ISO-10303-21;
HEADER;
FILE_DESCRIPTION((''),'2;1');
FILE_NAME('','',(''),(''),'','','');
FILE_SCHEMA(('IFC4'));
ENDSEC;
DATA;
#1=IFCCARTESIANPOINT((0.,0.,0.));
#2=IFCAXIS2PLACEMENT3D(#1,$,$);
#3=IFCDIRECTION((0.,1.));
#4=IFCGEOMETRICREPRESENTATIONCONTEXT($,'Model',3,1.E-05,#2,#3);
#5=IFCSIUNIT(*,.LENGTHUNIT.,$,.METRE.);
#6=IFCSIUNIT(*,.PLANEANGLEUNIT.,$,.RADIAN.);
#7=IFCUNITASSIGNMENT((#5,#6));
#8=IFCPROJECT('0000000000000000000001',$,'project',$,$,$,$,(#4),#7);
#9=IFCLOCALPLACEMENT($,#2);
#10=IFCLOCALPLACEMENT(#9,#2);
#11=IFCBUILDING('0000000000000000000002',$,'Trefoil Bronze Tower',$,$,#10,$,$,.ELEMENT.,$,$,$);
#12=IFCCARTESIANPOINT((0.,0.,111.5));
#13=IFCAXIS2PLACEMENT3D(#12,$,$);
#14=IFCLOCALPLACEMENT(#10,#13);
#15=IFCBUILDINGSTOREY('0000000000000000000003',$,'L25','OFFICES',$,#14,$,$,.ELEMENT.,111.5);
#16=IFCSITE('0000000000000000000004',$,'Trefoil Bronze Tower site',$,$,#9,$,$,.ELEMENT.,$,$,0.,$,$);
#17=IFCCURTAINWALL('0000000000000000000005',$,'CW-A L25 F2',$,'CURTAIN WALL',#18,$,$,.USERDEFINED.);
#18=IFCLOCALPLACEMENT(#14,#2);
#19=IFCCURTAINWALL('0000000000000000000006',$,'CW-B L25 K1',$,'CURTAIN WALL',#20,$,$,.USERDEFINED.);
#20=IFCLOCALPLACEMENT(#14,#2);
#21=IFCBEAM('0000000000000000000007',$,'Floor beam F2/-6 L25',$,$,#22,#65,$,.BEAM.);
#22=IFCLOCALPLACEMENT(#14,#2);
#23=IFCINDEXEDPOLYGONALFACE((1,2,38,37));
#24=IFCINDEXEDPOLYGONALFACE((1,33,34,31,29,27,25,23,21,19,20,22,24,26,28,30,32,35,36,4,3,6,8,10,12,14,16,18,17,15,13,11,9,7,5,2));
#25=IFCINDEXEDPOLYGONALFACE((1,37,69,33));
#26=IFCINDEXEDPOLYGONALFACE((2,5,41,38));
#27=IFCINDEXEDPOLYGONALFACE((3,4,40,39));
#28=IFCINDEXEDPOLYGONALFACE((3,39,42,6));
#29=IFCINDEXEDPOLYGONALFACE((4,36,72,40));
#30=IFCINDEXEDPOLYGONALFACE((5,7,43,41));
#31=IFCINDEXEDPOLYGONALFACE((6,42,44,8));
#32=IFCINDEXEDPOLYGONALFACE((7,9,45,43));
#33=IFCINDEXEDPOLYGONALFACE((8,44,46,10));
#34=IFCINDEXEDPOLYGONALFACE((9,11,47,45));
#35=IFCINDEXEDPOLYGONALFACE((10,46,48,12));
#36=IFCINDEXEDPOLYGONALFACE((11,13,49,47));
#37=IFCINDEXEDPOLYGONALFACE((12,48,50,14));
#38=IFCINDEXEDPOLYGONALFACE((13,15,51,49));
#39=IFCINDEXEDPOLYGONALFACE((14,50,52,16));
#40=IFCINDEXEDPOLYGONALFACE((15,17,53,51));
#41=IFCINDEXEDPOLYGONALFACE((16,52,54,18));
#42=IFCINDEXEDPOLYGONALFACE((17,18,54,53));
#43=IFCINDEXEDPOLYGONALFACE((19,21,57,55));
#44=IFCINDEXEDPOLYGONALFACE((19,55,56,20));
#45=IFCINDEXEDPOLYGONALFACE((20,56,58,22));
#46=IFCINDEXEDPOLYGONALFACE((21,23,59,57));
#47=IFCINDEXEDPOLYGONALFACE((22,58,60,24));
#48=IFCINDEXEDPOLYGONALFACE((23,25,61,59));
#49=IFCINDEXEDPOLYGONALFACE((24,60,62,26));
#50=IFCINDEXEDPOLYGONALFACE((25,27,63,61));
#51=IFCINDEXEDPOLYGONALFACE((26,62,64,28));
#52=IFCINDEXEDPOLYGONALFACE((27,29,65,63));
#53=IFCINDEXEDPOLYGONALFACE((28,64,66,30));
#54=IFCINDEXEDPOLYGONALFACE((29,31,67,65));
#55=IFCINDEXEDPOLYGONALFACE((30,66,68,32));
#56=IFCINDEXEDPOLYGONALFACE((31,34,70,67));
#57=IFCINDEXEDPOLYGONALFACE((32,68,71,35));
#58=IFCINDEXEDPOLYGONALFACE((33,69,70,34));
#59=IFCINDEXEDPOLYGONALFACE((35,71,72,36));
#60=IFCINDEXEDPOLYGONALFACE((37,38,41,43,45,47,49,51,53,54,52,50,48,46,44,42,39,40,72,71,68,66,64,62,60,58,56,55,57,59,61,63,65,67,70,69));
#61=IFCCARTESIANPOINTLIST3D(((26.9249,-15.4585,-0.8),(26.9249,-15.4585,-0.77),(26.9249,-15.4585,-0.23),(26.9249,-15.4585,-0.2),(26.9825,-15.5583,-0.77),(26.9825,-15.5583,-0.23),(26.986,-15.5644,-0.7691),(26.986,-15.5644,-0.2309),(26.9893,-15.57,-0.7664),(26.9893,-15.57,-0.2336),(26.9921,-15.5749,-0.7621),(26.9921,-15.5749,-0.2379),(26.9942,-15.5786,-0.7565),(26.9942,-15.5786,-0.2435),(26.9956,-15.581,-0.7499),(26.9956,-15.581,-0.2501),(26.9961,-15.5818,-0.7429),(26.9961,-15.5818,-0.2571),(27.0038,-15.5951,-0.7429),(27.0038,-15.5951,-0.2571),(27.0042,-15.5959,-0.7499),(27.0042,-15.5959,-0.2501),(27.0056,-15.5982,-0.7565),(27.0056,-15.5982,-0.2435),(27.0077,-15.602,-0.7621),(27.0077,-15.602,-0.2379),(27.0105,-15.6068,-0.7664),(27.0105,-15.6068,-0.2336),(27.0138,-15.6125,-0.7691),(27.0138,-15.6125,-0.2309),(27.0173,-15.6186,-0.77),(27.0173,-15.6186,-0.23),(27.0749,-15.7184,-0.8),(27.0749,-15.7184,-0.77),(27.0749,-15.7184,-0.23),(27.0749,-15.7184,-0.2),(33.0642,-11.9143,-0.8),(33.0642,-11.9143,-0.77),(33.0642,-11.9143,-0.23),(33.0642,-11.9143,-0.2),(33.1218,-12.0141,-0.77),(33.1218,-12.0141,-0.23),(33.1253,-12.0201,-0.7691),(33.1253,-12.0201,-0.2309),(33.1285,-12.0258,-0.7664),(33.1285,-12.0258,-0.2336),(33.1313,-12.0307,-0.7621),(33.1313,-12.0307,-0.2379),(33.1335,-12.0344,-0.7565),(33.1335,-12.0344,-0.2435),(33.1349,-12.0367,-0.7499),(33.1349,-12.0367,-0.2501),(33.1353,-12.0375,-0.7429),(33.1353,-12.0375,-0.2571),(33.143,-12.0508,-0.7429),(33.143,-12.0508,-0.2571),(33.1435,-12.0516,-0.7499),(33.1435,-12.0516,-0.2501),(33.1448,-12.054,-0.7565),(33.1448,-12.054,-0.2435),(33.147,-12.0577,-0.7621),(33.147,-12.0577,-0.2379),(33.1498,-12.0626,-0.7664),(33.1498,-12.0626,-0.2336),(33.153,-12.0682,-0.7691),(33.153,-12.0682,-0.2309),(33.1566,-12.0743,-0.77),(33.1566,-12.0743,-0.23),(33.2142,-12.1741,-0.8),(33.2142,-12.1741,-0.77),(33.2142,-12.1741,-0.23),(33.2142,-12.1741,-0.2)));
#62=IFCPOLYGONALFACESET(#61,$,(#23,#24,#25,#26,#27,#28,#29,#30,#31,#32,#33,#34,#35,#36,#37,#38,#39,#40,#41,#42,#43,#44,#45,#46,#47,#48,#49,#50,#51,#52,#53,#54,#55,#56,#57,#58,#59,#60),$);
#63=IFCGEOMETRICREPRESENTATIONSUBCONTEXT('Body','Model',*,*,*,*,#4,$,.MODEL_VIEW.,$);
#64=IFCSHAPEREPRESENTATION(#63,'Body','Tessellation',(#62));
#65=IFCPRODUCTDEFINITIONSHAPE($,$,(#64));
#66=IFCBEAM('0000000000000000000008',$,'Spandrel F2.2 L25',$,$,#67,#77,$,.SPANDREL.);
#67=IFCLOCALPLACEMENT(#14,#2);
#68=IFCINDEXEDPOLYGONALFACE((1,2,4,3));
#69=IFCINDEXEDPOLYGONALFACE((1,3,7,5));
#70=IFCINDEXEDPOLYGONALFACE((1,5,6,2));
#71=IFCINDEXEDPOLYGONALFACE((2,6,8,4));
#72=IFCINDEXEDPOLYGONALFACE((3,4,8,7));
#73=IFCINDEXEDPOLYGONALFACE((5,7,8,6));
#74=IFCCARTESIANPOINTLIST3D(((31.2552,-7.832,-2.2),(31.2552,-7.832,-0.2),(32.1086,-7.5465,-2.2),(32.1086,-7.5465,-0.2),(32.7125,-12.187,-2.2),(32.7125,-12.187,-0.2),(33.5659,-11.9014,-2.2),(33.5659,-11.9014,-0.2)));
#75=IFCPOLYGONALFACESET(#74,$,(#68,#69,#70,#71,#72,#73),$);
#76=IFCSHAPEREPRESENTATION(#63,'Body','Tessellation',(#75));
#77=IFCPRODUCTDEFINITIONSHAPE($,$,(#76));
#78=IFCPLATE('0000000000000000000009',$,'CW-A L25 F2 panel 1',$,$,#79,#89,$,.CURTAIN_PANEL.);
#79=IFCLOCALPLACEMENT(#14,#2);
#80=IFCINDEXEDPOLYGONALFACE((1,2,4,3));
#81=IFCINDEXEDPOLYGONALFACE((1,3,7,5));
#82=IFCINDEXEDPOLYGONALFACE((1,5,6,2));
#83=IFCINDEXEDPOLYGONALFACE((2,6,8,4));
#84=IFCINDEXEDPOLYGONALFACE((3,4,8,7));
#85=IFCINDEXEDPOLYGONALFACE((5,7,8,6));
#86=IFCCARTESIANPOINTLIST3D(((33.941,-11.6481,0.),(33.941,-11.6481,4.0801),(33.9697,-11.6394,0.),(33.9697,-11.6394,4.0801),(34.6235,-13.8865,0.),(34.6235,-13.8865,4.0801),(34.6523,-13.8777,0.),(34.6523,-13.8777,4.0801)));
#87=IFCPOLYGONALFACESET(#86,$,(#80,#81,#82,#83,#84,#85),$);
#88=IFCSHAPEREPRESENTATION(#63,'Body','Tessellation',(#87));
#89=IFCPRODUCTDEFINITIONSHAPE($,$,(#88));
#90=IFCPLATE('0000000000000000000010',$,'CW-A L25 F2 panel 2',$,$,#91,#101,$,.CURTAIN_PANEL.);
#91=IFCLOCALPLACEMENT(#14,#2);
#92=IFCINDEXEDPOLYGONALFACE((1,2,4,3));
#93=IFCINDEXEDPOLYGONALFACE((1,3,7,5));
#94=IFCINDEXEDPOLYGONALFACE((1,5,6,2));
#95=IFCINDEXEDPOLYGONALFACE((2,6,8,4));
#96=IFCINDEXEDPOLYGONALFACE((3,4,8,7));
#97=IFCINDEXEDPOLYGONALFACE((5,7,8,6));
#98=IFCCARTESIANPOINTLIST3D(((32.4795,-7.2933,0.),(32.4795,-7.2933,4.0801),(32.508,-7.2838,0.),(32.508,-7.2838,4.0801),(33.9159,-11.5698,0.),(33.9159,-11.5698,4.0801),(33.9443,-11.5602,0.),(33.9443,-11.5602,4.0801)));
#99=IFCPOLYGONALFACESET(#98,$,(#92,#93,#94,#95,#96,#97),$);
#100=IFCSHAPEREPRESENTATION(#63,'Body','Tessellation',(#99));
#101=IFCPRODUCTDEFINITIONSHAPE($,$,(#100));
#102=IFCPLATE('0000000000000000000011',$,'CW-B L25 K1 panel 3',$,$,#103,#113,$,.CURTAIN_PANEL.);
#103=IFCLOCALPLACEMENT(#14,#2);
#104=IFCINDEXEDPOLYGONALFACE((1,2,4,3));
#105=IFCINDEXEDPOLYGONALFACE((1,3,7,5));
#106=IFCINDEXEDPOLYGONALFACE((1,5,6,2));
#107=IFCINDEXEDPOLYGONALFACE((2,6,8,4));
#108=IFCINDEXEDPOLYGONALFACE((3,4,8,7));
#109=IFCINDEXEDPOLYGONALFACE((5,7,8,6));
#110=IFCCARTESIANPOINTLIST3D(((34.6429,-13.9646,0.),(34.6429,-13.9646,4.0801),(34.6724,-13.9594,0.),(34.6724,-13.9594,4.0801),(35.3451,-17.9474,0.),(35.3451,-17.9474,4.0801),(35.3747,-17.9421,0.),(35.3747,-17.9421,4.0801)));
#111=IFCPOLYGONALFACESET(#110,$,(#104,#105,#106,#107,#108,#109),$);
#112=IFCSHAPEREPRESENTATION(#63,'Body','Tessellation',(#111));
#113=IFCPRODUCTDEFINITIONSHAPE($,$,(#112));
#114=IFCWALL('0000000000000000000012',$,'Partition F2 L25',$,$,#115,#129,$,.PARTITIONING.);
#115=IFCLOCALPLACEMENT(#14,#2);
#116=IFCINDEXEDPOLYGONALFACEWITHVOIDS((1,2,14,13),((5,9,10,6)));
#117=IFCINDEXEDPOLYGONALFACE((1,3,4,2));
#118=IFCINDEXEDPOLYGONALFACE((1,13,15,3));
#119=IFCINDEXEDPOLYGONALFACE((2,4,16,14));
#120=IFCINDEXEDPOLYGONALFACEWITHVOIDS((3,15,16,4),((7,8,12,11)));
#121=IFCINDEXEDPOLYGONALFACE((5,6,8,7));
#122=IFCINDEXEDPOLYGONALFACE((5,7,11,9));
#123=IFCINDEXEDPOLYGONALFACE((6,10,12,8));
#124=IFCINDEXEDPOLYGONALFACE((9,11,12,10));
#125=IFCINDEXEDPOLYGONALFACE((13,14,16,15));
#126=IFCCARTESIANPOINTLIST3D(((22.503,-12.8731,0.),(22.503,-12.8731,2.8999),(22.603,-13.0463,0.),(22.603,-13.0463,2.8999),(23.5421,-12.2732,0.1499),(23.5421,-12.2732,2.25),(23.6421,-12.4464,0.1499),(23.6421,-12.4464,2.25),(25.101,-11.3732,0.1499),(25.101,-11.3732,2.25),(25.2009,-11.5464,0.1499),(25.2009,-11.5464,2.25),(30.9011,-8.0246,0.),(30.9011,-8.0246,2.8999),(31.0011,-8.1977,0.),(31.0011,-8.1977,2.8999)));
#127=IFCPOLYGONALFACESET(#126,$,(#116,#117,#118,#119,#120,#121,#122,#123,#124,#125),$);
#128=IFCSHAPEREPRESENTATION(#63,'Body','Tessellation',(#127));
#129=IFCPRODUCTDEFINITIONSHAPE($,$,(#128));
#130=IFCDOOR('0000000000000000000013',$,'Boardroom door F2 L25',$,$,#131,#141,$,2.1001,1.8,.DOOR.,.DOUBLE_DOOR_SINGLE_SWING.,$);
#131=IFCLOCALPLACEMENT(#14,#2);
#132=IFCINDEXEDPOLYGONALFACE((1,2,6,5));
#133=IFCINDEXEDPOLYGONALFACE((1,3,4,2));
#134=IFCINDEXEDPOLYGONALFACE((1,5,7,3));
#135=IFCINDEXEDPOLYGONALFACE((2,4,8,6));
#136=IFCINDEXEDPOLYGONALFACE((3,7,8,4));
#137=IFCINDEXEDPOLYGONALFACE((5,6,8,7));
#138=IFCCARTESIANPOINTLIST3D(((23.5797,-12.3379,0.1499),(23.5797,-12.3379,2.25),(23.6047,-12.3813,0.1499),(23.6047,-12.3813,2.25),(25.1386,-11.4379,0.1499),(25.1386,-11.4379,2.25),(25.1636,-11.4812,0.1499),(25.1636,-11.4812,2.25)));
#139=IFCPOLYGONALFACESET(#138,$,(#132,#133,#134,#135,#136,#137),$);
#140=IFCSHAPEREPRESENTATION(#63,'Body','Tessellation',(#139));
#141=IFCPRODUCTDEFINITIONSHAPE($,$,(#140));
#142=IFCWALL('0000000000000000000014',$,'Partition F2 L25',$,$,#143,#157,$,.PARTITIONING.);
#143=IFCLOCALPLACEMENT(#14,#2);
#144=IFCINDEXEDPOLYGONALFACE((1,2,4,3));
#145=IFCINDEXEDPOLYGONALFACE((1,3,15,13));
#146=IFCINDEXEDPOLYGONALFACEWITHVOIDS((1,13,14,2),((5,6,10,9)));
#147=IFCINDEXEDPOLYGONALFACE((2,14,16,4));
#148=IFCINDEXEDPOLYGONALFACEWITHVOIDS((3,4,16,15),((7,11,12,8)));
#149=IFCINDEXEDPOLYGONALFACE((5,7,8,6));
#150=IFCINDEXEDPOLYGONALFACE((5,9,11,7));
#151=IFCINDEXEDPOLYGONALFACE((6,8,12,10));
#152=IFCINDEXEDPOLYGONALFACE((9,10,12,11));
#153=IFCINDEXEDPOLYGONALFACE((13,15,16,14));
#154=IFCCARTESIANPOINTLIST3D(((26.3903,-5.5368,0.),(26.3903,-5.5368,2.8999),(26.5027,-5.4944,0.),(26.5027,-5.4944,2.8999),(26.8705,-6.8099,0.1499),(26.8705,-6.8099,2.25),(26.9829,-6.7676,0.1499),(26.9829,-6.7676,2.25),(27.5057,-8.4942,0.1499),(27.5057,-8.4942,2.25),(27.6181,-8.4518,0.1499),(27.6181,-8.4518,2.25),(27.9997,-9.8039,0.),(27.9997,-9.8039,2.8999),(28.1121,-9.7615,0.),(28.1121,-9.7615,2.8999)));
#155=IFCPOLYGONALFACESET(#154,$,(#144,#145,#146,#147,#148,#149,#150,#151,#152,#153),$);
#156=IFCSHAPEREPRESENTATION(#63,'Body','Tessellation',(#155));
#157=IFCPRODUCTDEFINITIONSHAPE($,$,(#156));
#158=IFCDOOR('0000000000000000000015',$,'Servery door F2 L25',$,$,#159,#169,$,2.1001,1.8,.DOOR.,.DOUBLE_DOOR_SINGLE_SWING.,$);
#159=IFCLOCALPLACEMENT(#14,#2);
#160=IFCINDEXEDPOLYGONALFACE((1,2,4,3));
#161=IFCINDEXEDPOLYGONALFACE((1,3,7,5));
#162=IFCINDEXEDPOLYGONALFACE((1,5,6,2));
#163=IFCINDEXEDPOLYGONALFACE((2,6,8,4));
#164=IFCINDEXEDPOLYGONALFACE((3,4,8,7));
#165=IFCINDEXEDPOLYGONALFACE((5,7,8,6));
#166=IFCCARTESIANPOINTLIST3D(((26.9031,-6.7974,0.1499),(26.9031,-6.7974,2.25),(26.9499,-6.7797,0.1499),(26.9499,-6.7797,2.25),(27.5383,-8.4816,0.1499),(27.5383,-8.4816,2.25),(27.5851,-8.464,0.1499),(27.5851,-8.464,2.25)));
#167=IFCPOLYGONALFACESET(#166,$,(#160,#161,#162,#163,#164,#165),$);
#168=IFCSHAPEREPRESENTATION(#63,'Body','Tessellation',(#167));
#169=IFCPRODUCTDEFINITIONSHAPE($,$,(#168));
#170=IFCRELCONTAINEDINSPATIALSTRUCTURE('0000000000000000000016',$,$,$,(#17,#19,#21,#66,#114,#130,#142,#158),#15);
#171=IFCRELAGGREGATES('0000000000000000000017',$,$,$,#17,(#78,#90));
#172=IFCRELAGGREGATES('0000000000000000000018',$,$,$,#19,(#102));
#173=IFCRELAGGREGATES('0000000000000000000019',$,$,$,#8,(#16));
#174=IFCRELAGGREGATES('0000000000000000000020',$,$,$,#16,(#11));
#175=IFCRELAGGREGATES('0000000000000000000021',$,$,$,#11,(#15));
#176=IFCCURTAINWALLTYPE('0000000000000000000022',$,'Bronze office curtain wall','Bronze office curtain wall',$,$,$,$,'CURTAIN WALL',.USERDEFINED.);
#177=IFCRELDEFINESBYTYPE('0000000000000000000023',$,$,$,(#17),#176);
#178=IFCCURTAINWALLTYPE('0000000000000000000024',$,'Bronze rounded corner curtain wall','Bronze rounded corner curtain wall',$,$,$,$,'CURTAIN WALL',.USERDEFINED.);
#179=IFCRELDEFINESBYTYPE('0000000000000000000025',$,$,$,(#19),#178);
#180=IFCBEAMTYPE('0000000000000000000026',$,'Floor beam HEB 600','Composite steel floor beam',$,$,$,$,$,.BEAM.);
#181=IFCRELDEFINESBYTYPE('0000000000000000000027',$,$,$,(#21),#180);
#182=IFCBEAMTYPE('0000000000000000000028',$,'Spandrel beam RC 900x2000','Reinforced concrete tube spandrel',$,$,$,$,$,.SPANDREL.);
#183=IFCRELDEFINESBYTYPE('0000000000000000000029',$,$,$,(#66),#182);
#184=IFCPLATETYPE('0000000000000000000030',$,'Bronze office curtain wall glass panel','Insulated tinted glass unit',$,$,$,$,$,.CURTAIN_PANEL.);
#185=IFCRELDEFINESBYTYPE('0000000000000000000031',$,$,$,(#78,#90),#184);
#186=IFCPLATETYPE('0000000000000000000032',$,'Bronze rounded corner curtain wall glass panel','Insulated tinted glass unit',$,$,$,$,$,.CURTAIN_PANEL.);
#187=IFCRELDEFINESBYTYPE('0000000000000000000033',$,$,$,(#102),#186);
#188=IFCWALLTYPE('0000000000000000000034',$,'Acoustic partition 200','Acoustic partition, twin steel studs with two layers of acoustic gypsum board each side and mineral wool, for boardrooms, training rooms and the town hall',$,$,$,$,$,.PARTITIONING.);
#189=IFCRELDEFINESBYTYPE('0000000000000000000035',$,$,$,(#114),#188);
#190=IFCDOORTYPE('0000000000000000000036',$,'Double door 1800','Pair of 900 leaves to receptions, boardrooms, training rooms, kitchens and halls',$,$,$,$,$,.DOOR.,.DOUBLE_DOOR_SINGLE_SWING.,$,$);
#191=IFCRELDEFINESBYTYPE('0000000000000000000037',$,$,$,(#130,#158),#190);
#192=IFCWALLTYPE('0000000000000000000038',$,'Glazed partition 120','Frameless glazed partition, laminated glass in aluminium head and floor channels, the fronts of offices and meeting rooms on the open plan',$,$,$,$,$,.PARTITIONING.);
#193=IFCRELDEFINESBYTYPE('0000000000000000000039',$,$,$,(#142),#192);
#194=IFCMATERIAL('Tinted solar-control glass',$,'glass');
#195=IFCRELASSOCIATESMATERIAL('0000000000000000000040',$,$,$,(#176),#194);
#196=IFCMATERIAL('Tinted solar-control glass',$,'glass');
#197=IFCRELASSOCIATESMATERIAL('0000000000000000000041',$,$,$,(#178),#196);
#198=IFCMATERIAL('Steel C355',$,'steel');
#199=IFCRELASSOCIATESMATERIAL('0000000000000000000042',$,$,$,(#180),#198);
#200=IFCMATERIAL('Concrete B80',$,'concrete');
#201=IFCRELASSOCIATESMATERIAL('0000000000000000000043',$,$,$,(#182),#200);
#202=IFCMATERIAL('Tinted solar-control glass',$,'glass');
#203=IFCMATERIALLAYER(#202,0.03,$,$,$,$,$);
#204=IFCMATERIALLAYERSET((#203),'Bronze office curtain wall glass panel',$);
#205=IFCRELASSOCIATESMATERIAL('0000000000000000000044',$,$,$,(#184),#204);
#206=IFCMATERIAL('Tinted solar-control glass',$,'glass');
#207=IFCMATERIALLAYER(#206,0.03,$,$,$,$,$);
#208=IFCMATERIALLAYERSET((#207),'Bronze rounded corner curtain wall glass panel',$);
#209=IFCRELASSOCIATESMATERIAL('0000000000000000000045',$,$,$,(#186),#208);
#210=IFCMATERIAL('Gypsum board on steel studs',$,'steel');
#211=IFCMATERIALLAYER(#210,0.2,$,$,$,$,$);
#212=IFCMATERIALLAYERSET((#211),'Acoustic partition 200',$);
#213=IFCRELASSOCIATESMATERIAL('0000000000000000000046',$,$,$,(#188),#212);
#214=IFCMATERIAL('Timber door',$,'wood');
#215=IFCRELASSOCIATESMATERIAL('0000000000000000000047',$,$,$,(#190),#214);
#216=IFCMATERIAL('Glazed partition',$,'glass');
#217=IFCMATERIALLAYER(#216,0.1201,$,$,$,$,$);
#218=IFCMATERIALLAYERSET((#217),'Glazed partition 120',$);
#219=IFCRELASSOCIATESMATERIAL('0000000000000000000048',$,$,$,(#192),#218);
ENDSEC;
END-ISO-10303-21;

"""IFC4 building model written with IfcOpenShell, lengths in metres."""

from ifc_helpers import new_model, si_unit, direction, frame, frame_2d, origin, origin_2d, place, context, subcontext, project, spatial, rectangle, i_section, extrude, material, layer, layer_set, material_profile, profile_set, type_object, element, fill, aggregate, save


model = new_model("IFC4")

# Units and contexts
model_context = context("Model", 3, precision=1e-05, world=origin(), true_north=direction((0.0, 1.0)))
body_context = subcontext(model_context, "Body", "Model", "MODEL_VIEW")
ifc_project = project(units=[si_unit("LENGTHUNIT", "METRE"), si_unit("PLANEANGLEUNIT", "RADIAN")], contexts=[model_context])

# Site, building, storey
site_placement = place(None, origin())
site = spatial("IfcSite", under=ifc_project, at=site_placement, Name="Trefoil Bronze Tower site", CompositionType="ELEMENT", RefElevation=0.0)
building_placement = place(site_placement, origin())
building = spatial("IfcBuilding", under=site, at=building_placement, Name="Trefoil Bronze Tower", CompositionType="ELEMENT")
storey_placement = place(building_placement, frame((0.0, 0.0, 111.5)))
storey = spatial("IfcBuildingStorey", under=building, at=storey_placement, Name="L25", Description="OFFICES", CompositionType="ELEMENT", Elevation=111.5)

# Curtain wall
ifc_material_1 = material(Name="Tinted solar-control glass", Category="glass")
curtain_wall_type_1 = type_object("IfcCurtainWallType", Name="Bronze office curtain wall", Description="Bronze office curtain wall", ElementType="CURTAIN WALL", PredefinedType="USERDEFINED", material=ifc_material_1)
curtain_wall_1_placement = place(storey_placement, origin())
curtain_wall_1 = element("IfcCurtainWall", 1, at=curtain_wall_1_placement, inside=storey, type_object=curtain_wall_type_1, Name="CW-A L25 F2", ObjectType="CURTAIN WALL", PredefinedType="USERDEFINED")

# Curtain wall
ifc_material_2 = material(Name="Tinted solar-control glass", Category="glass")
curtain_wall_type_2 = type_object("IfcCurtainWallType", Name="Bronze rounded corner curtain wall", Description="Bronze rounded corner curtain wall", ElementType="CURTAIN WALL", PredefinedType="USERDEFINED", material=ifc_material_2)
curtain_wall_2_placement = place(storey_placement, origin())
curtain_wall_2 = element("IfcCurtainWall", 2, at=curtain_wall_2_placement, inside=storey, type_object=curtain_wall_type_2, Name="CW-B L25 K1", ObjectType="CURTAIN WALL", PredefinedType="USERDEFINED")

# Beams
ifc_material_3 = material(Name="Steel C355", Category="steel")
ifc_material_profile_1 = material_profile(ifc_material_3, i_section(OverallWidth=0.3, OverallDepth=0.6001, WebThickness=0.0154, FlangeThickness=0.03, FilletRadius=0.0271, at=origin_2d()), Name="HEB 600")
ifc_profile_set_1 = profile_set([ifc_material_profile_1], Name="Steel C355")
beam_type_1 = type_object("IfcBeamType", Name="Floor beam HEB 600", Description="Composite steel floor beam", PredefinedType="BEAM", material=ifc_profile_set_1)
beam_1_placement = place(storey_placement, frame((33.1392, -12.0442, -0.5), z_axis=(-0.866041, -0.499973, 0.0), x_axis=(0.499973, -0.866041, 0.0)))
element("IfcBeam", 3, at=beam_1_placement, inside=storey, type_object=beam_type_1, Name="Floor beam F2/-6 L25", PredefinedType="BEAM", context=body_context, shape_type="SweptSolid", body=[
    extrude(i_section(OverallWidth=0.3, OverallDepth=0.6001, WebThickness=0.0154, FlangeThickness=0.03, FilletRadius=0.0271, at=origin_2d()), origin(), (0.0, 0.0, 1.0), 7.0889),
])
ifc_material_4 = material(Name="Concrete B80", Category="concrete")
ifc_material_profile_2 = material_profile(ifc_material_4, rectangle(XDim=0.8999, YDim=2.0, at=origin_2d()), Name="RC 900x2000")
ifc_profile_set_2 = profile_set([ifc_material_profile_2], Name="Concrete B80")
beam_type_2 = type_object("IfcBeamType", Name="Spandrel beam RC 900x2000", Description="Reinforced concrete tube spandrel", PredefinedType="SPANDREL", material=ifc_profile_set_2)
beam_2_placement = place(storey_placement, frame((33.1392, -12.0442, -1.2), z_axis=(-0.317328, 0.948316, 0.0), x_axis=(-0.948316, -0.317328, 0.0)))
element("IfcBeam", 4, at=beam_2_placement, inside=storey, type_object=beam_type_2, Name="Spandrel F2.2 L25", PredefinedType="SPANDREL", context=body_context, shape_type="SweptSolid", body=[
    extrude(rectangle(XDim=0.8999, YDim=2.0, at=origin_2d()), origin(), (0.0, 0.0, 1.0), 4.5923),
])

# Plates
ifc_material_5 = material(Name="Tinted solar-control glass", Category="glass")
ifc_layer_1 = layer(ifc_material_5, 0.03)
ifc_layer_set_1 = layer_set([ifc_layer_1], Name="Bronze office curtain wall glass panel")
plate_type_1 = type_object("IfcPlateType", Name="Bronze office curtain wall glass panel", Description="Insulated tinted glass unit", PredefinedType="CURTAIN_PANEL", material=ifc_layer_set_1)
plate_1_placement = place(storey_placement, frame((34.2966, -12.7629, 0.0), z_axis=(0.0, 0.0, 1.0), x_axis=(-0.291669, 0.956519, 0.0)))
plate_1 = element("IfcPlate", 5, at=plate_1_placement, type_object=plate_type_1, Name="CW-A L25 F2 panel 1", PredefinedType="CURTAIN_PANEL", context=body_context, shape_type="SweptSolid", body=[
    extrude(rectangle(XDim=2.3401, YDim=0.03, at=origin_2d()), origin(), (0.0, 0.0, 1.0), 4.0801),
])
plate_2_placement = place(storey_placement, frame((33.2119, -9.4268, 0.0), z_axis=(0.0, 0.0, 1.0), x_axis=(-0.318404, 0.947955, 0.0)))
plate_2 = element("IfcPlate", 6, at=plate_2_placement, type_object=plate_type_1, Name="CW-A L25 F2 panel 2", PredefinedType="CURTAIN_PANEL", context=body_context, shape_type="SweptSolid", body=[
    extrude(rectangle(XDim=4.5112, YDim=0.03, at=origin_2d()), origin(), (0.0, 0.0, 1.0), 4.0801),
])
aggregate(curtain_wall_1, [plate_1, plate_2])
ifc_material_6 = material(Name="Tinted solar-control glass", Category="glass")
ifc_layer_2 = layer(ifc_material_6, 0.03)
ifc_layer_set_2 = layer_set([ifc_layer_2], Name="Bronze rounded corner curtain wall glass panel")
plate_type_2 = type_object("IfcPlateType", Name="Bronze rounded corner curtain wall glass panel", Description="Insulated tinted glass unit", PredefinedType="CURTAIN_PANEL", material=ifc_layer_set_2)
plate_3_placement = place(storey_placement, frame((35.0088, -15.9534, 0.0), z_axis=(0.0, 0.0, 1.0), x_axis=(-0.173648, 0.984808, 0.0)))
plate_3 = element("IfcPlate", 7, at=plate_3_placement, type_object=plate_type_2, Name="CW-B L25 K1 panel 3", PredefinedType="CURTAIN_PANEL", context=body_context, shape_type="SweptSolid", body=[
    extrude(rectangle(XDim=4.0442, YDim=0.03, at=origin_2d()), origin(), (0.0, 0.0, 1.0), 4.0801),
])
aggregate(curtain_wall_2, [plate_3])

# Walls, openings, doors
ifc_material_7 = material(Name="Gypsum board on steel studs", Category="steel")
ifc_layer_3 = layer(ifc_material_7, 0.2)
ifc_layer_set_3 = layer_set([ifc_layer_3], Name="Acoustic partition 200")
wall_type_1 = type_object("IfcWallType", Name="Acoustic partition 200", Description="Acoustic partition, twin steel studs with two layers of acoustic gypsum board each side and mineral wool, for boardrooms, training rooms and the town hall", PredefinedType="PARTITIONING", material=ifc_layer_set_3)
wall_1_placement = place(storey_placement, frame((22.553, -12.9597, 0.0), z_axis=(0.0, 0.0, 1.0), x_axis=(0.866028, 0.499995, 0.0)))
wall_1 = element("IfcWall", 8, at=wall_1_placement, inside=storey, type_object=wall_type_1, Name="Partition F2 L25", PredefinedType="PARTITIONING", context=body_context, shape_type="SweptSolid", body=[
    extrude(rectangle(XDim=9.6973, YDim=0.2, at=frame_2d((4.8486, 0.0))), origin(), (0.0, 0.0, 1.0), 2.8999),
])
opening_1_placement = place(wall_1_placement, frame((1.2, 0.0, 0.1499)))
opening_1 = element("IfcOpeningElement", 9, at=opening_1_placement, cuts=wall_1, PredefinedType="OPENING", context=body_context, shape_type="SweptSolid", body=[
    extrude(rectangle(XDim=1.8, YDim=2.1001, at=frame_2d((0.8999, 1.05))), frame((0.0, 0.1099, 0.0), z_axis=(0.0, -1.0, 0.0), x_axis=(1.0, 0.0, 0.0)), (0.0, 0.0, 1.0), 0.22),
])
ifc_material_8 = material(Name="Timber door", Category="wood")
door_type = type_object("IfcDoorType", Name="Double door 1800", Description="Pair of 900 leaves to receptions, boardrooms, training rooms, kitchens and halls", OperationType="DOUBLE_DOOR_SINGLE_SWING", PredefinedType="DOOR", material=ifc_material_8)
door_1_placement = place(opening_1_placement, frame((1.8, 0.0, 0.0), z_axis=(0.0, 0.0, 1.0), x_axis=(-1.0, 0.0, 0.0)))
door_1 = element("IfcDoor", 10, at=door_1_placement, inside=storey, type_object=door_type, Name="Boardroom door F2 L25", OperationType="DOUBLE_DOOR_SINGLE_SWING", OverallHeight=2.1001, OverallWidth=1.8, PredefinedType="DOOR", context=body_context, shape_type="SweptSolid", body=[
    extrude(rectangle(XDim=1.8, YDim=2.1001, at=frame_2d((0.8999, 1.05))), frame((0.0, 0.0249, 0.0), z_axis=(0.0, -1.0, 0.0), x_axis=(1.0, 0.0, 0.0)), (0.0, 0.0, 1.0), 0.05),
])
fill(opening_1, door_1)
ifc_material_9 = material(Name="Glazed partition", Category="glass")
ifc_layer_4 = layer(ifc_material_9, 0.1201)
ifc_layer_set_4 = layer_set([ifc_layer_4], Name="Glazed partition 120")
wall_type_2 = type_object("IfcWallType", Name="Glazed partition 120", Description="Frameless glazed partition, laminated glass in aluminium head and floor channels, the fronts of offices and meeting rooms on the open plan", PredefinedType="PARTITIONING", material=ifc_layer_set_4)
wall_2_placement = place(storey_placement, frame((28.0559, -9.7827, 0.0), z_axis=(0.0, 0.0, 1.0), x_axis=(-0.352895, 0.935663, 0.0)))
wall_2 = element("IfcWall", 11, at=wall_2_placement, inside=storey, type_object=wall_type_2, Name="Partition F2 L25", PredefinedType="PARTITIONING", context=body_context, shape_type="SweptSolid", body=[
    extrude(rectangle(XDim=4.5605, YDim=0.1201, at=frame_2d((2.2803, 0.0))), origin(), (0.0, 0.0, 1.0), 2.8999),
])
opening_2_placement = place(wall_2_placement, frame((1.3999, 0.0, 0.1499)))
opening_2 = element("IfcOpeningElement", 12, at=opening_2_placement, cuts=wall_2, PredefinedType="OPENING", context=body_context, shape_type="SweptSolid", body=[
    extrude(rectangle(XDim=1.8, YDim=2.1001, at=frame_2d((0.8999, 1.05))), frame((0.0, 0.0701, 0.0), z_axis=(0.0, -1.0, 0.0), x_axis=(1.0, 0.0, 0.0)), (0.0, 0.0, 1.0), 0.1401),
])
door_2_placement = place(opening_2_placement, frame((1.8, 0.0, 0.0), z_axis=(0.0, 0.0, 1.0), x_axis=(-1.0, 0.0, 0.0)))
door_2 = element("IfcDoor", 13, at=door_2_placement, inside=storey, type_object=door_type, Name="Servery door F2 L25", OperationType="DOUBLE_DOOR_SINGLE_SWING", OverallHeight=2.1001, OverallWidth=1.8, PredefinedType="DOOR", context=body_context, shape_type="SweptSolid", body=[
    extrude(rectangle(XDim=1.8, YDim=2.1001, at=frame_2d((0.8999, 1.05))), frame((0.0, 0.0249, 0.0), z_axis=(0.0, -1.0, 0.0), x_axis=(1.0, 0.0, 0.0)), (0.0, 0.0, 1.0), 0.05),
])
fill(opening_2, door_2)

save(model, "model.ifc")
